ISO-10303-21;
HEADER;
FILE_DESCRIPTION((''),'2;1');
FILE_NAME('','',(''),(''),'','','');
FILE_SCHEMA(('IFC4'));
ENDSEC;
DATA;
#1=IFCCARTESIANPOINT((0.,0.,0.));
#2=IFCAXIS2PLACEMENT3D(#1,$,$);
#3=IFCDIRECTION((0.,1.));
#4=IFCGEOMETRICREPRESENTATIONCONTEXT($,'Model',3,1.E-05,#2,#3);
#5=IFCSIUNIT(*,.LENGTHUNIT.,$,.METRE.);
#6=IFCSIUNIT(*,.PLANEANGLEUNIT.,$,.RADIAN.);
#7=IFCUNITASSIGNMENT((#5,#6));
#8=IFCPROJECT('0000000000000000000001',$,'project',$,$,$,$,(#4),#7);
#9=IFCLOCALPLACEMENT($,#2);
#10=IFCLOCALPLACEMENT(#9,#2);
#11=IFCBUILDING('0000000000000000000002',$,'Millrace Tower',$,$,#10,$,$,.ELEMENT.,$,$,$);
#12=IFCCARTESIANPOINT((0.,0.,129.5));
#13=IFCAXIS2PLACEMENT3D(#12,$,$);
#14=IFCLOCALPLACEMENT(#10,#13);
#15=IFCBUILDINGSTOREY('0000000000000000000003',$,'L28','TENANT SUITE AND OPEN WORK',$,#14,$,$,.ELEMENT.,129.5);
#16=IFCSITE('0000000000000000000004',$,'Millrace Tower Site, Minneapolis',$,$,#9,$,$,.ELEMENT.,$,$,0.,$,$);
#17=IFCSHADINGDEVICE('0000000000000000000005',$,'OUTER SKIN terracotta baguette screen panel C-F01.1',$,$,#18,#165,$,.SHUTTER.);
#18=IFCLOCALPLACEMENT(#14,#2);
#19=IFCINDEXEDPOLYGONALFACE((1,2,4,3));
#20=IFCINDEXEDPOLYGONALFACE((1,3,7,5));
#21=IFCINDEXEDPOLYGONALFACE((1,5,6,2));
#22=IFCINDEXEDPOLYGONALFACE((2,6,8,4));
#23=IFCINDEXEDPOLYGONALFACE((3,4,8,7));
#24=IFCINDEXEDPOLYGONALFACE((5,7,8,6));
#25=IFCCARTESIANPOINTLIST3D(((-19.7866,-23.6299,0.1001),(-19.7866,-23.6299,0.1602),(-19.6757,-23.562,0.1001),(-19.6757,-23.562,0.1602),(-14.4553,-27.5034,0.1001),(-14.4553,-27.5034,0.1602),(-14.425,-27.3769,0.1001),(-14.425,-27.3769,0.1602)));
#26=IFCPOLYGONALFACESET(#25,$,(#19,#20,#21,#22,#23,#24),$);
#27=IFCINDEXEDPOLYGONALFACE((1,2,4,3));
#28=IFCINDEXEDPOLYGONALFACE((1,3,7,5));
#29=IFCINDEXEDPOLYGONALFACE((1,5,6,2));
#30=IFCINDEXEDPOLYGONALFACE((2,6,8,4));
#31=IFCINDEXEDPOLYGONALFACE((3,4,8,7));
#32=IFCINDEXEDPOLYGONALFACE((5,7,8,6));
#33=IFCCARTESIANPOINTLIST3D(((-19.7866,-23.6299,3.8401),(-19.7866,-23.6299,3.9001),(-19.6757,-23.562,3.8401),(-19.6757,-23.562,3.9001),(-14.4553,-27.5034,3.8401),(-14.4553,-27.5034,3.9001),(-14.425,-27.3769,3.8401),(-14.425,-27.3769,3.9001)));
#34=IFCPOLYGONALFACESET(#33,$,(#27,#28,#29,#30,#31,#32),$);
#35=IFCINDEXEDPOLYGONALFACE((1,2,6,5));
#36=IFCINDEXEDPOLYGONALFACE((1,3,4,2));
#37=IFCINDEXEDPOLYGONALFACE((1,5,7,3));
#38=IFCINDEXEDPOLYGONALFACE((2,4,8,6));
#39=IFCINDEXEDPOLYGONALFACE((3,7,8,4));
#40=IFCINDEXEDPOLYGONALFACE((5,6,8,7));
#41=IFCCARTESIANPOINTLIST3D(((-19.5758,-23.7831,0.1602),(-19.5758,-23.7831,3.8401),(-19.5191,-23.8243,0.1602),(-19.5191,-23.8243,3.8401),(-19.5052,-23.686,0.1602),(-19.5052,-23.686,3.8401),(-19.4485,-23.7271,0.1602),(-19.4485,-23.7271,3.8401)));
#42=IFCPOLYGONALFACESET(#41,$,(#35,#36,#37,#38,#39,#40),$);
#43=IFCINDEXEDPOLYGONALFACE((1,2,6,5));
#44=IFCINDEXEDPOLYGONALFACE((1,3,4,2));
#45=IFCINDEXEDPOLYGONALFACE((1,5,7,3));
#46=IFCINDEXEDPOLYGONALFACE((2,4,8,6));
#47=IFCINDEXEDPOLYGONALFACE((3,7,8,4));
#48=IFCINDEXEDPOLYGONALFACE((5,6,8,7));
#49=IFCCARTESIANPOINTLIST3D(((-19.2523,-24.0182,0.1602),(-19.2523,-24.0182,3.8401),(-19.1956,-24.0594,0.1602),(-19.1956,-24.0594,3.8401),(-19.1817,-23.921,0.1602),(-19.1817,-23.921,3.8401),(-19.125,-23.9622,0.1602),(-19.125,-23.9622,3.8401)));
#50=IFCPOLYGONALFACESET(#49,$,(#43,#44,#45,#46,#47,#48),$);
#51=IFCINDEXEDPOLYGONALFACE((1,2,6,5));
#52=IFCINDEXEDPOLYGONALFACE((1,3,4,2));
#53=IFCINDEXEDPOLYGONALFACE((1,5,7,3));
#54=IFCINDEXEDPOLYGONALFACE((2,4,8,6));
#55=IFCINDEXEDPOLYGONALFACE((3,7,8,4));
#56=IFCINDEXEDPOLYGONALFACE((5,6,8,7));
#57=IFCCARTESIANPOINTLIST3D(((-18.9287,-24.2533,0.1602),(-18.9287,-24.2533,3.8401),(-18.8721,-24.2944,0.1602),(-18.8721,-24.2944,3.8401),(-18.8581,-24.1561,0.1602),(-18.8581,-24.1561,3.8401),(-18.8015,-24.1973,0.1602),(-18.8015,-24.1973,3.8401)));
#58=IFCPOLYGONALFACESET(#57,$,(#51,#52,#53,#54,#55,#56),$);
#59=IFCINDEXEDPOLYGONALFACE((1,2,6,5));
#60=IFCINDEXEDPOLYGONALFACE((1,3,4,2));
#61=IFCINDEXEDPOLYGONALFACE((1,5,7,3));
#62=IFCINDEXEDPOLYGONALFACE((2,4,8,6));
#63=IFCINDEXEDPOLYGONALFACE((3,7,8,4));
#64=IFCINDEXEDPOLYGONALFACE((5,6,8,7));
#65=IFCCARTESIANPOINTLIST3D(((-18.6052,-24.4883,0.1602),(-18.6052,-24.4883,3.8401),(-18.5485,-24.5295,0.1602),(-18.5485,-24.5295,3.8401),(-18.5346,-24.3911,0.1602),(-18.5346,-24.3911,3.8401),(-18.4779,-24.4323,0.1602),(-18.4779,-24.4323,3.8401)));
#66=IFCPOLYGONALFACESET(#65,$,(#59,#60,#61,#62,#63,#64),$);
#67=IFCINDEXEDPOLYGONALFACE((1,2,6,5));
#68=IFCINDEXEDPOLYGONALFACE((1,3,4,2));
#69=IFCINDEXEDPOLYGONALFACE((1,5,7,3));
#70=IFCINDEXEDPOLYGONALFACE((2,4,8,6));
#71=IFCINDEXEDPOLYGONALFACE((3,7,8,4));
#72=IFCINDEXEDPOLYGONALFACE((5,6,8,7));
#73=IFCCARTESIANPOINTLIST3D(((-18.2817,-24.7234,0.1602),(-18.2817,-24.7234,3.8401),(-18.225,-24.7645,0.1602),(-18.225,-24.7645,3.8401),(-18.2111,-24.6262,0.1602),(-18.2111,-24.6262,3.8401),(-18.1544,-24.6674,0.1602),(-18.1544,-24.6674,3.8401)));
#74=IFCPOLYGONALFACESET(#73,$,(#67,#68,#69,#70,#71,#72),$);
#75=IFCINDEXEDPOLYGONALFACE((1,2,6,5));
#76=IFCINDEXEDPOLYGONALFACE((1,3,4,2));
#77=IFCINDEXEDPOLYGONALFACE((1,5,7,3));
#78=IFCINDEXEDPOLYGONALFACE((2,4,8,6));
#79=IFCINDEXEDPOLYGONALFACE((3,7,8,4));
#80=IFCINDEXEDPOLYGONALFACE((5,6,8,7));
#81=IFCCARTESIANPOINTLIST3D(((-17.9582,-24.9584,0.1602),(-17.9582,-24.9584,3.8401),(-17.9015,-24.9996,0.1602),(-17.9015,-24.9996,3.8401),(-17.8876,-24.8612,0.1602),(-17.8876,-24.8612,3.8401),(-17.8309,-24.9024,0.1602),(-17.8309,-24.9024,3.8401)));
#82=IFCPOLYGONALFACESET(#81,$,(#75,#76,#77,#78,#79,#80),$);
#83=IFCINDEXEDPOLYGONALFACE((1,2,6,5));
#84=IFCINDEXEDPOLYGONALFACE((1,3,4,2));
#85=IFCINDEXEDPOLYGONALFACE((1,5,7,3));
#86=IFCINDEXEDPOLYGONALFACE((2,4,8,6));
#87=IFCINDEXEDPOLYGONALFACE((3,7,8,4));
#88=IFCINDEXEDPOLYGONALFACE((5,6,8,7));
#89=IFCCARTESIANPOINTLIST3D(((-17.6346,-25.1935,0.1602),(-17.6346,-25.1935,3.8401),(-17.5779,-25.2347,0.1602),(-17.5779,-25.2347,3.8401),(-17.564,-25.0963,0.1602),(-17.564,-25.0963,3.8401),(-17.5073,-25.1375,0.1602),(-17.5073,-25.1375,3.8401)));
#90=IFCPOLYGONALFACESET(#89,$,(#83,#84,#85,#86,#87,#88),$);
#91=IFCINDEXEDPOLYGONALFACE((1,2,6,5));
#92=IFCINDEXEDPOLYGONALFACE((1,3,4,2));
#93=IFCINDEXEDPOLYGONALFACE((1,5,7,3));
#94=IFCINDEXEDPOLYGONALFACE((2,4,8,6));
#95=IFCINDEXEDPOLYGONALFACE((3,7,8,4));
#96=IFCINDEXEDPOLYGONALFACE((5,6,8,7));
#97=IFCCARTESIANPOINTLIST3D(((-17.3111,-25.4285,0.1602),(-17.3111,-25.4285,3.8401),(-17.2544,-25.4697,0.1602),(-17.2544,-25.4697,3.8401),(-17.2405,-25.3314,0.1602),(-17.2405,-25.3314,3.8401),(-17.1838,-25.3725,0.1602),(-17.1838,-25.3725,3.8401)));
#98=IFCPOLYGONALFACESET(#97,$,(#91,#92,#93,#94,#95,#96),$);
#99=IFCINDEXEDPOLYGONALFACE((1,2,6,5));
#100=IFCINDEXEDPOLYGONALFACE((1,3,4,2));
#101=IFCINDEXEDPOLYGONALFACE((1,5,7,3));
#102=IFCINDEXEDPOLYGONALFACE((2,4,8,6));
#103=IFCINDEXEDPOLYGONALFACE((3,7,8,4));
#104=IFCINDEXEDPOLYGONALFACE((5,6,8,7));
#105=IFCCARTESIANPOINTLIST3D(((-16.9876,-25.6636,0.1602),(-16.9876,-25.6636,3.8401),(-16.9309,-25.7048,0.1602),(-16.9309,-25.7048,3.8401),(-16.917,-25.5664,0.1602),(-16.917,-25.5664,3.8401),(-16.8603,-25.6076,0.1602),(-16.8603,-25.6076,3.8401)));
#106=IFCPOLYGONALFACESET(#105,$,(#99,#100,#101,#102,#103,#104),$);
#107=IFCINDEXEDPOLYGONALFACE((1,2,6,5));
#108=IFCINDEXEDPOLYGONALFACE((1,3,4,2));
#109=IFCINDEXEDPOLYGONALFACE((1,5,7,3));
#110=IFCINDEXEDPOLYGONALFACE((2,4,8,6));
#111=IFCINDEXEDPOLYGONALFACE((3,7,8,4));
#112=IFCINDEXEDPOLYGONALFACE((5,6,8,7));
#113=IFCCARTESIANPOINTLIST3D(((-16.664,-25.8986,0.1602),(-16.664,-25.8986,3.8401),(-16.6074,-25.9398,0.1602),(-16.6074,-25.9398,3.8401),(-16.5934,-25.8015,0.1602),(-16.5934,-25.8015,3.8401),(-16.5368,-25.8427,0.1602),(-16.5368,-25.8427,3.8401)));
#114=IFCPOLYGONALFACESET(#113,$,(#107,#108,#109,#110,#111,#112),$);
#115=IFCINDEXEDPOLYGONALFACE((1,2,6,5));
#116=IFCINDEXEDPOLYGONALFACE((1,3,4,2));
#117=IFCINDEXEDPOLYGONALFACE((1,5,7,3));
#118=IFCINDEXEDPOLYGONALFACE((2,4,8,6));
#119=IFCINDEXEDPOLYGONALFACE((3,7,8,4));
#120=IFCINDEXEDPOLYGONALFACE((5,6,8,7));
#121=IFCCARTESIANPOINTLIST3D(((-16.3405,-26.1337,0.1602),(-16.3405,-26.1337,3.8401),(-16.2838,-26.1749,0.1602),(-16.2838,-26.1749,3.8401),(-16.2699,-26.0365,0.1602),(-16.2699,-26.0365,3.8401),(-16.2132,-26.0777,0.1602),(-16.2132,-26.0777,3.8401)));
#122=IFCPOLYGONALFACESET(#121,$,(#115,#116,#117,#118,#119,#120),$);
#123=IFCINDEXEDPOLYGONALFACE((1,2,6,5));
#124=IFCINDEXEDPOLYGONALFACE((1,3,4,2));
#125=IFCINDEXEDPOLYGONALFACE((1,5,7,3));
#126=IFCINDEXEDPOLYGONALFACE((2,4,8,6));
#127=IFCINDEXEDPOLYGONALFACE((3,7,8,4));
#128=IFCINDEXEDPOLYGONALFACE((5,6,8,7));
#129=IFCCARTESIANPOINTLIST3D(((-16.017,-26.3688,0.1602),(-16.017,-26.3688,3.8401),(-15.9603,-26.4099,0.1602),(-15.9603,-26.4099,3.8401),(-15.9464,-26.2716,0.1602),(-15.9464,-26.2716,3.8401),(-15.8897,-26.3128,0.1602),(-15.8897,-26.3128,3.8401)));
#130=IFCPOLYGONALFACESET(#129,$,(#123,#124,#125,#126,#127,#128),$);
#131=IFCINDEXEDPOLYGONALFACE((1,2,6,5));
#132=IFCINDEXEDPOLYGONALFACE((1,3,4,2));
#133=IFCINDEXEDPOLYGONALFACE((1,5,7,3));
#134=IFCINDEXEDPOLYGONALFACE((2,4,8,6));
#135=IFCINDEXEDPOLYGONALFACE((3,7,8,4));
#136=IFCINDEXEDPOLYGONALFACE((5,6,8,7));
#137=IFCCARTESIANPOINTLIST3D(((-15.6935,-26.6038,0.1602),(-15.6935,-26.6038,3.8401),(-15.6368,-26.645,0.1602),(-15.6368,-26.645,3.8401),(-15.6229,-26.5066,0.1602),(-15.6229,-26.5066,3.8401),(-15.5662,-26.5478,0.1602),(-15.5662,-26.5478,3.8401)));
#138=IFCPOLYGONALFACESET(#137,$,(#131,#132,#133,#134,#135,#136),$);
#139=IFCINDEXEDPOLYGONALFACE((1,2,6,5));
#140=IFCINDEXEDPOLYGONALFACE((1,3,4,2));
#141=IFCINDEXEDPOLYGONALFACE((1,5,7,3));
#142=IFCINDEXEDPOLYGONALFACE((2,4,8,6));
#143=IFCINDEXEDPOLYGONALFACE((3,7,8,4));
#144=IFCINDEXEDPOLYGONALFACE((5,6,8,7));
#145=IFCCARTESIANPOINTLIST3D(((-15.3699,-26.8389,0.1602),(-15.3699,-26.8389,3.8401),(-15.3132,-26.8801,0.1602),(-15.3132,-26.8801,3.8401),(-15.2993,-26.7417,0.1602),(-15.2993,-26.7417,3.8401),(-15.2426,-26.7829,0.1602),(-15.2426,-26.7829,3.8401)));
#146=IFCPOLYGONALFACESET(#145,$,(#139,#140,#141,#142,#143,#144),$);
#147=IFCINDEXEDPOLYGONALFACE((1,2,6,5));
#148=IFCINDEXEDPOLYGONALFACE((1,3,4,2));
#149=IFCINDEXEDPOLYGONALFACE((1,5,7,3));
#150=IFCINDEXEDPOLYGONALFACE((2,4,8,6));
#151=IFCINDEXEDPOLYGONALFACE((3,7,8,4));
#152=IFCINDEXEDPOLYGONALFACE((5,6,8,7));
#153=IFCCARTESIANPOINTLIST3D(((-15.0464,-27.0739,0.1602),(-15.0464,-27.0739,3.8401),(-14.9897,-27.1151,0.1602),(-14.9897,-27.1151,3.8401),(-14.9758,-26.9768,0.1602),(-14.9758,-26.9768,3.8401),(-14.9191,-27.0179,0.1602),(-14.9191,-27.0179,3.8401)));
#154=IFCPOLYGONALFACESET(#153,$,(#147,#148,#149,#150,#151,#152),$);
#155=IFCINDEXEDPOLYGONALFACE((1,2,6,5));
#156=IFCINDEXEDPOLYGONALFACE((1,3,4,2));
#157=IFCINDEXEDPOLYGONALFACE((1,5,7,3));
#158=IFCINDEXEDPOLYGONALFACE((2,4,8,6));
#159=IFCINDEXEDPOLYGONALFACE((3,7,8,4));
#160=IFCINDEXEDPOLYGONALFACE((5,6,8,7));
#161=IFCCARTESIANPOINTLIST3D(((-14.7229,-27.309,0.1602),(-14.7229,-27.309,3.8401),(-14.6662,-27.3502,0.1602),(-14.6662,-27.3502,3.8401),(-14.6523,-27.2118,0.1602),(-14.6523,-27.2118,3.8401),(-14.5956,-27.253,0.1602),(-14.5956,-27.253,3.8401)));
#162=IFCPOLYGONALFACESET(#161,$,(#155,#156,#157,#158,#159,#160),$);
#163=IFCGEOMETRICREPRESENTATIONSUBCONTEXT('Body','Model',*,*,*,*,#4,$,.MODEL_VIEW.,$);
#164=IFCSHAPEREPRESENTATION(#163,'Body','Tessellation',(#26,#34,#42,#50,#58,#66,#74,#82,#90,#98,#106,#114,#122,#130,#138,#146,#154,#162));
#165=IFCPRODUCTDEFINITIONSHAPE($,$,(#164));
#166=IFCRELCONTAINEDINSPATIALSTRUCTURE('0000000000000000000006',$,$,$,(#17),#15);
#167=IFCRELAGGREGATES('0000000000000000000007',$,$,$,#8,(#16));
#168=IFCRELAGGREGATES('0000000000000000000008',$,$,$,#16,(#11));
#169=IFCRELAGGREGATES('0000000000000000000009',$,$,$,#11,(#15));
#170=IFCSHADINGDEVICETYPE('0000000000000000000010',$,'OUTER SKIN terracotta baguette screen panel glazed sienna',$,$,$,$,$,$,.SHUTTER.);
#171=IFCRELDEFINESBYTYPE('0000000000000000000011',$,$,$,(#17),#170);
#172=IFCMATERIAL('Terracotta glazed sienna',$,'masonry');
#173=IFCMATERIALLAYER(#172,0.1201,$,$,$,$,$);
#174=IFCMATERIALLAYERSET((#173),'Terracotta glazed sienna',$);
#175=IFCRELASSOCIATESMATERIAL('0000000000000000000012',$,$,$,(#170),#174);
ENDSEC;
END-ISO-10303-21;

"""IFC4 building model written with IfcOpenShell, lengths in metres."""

from ifc_helpers import new_model, entity, si_unit, direction, frame, frame_2d, origin, place, context, subcontext, project, spatial, rectangle, extrude, source, transform, mapped, material, layer, layer_set, type_object, element, save


model = new_model("IFC4")

# Units and contexts
model_context = context("Model", 3, precision=1e-05, world=origin(), true_north=direction((0.0, 1.0)))
body_context = subcontext(model_context, "Body", "Model", "MODEL_VIEW")
ifc_project = project(units=[si_unit("LENGTHUNIT", "METRE"), si_unit("PLANEANGLEUNIT", "RADIAN")], contexts=[model_context])

# Site, building, storey
site_placement = place(None, origin())
site = spatial("IfcSite", under=ifc_project, at=site_placement, Name="Millrace Tower Site, Minneapolis", CompositionType="ELEMENT", RefElevation=0.0)
building_placement = place(site_placement, origin())
building = spatial("IfcBuilding", under=site, at=building_placement, Name="Millrace Tower", CompositionType="ELEMENT")
storey_placement = place(building_placement, frame((0.0, 0.0, 129.5)))
storey = spatial("IfcBuildingStorey", under=building, at=storey_placement, Name="L28", Description="TENANT SUITE AND OPEN WORK", CompositionType="ELEMENT", Elevation=129.5)

# Shading device
ifc_material_1 = material(Name="Terracotta glazed sienna", Category="masonry")
ifc_layer_1 = layer(ifc_material_1, 0.1201)
ifc_layer_set_1 = layer_set([ifc_layer_1], Name="Terracotta glazed sienna")
shading_device_type = type_object("IfcShadingDeviceType", Name="OUTER SKIN terracotta baguette screen panel glazed sienna", PredefinedType="SHUTTER", material=ifc_layer_set_1)
cartesian_point_1 = entity("IfcCartesianPoint", [-3.2451, 0.0601])
shared_polyline_1 = entity("IfcPolyline", [cartesian_point_1, entity("IfcCartesianPoint", [3.2451, 0.0601]), entity("IfcCartesianPoint", [3.2949, -0.0601]), entity("IfcCartesianPoint", [-3.2949, -0.0601]), cartesian_point_1])
shared_shape_1 = source(origin(), body_context, "Body", "SweptSolid", [
    entity("IfcExtrudedAreaSolid", entity("IfcArbitraryClosedProfileDef", "AREA", None, shared_polyline_1), entity("IfcAxis2Placement3D", entity("IfcCartesianPoint", [0.0, 0.0, 0.0])), entity("IfcDirection", [0.0, 0.0, 1.0]), 0.0601),
    entity("IfcExtrudedAreaSolid", entity("IfcArbitraryClosedProfileDef", "AREA", None, shared_polyline_1), entity("IfcAxis2Placement3D", entity("IfcCartesianPoint", [0.0, 0.0, 3.74])), entity("IfcDirection", [0.0, 0.0, 1.0]), 0.0601),
    extrude(rectangle(XDim=0.0701, YDim=0.1201, at=frame_2d((-2.9993, 0.0))), frame((0.0, 0.0, 0.0601)), (0.0, 0.0, 1.0), 3.6799),
    extrude(rectangle(XDim=0.0701, YDim=0.1201, at=frame_2d((-2.5994, 0.0))), frame((0.0, 0.0, 0.0601)), (0.0, 0.0, 1.0), 3.6799),
    extrude(rectangle(XDim=0.0701, YDim=0.1201, at=frame_2d((-2.1995, 0.0))), frame((0.0, 0.0, 0.0601)), (0.0, 0.0, 1.0), 3.6799),
    extrude(rectangle(XDim=0.0701, YDim=0.1201, at=frame_2d((-1.7996, 0.0))), frame((0.0, 0.0, 0.0601)), (0.0, 0.0, 1.0), 3.6799),
    extrude(rectangle(XDim=0.0701, YDim=0.1201, at=frame_2d((-1.3997, 0.0))), frame((0.0, 0.0, 0.0601)), (0.0, 0.0, 1.0), 3.6799),
    extrude(rectangle(XDim=0.0701, YDim=0.1201, at=frame_2d((-0.9998, 0.0))), frame((0.0, 0.0, 0.0601)), (0.0, 0.0, 1.0), 3.6799),
    extrude(rectangle(XDim=0.0701, YDim=0.1201, at=frame_2d((-0.5999, 0.0))), frame((0.0, 0.0, 0.0601)), (0.0, 0.0, 1.0), 3.6799),
    extrude(rectangle(XDim=0.0701, YDim=0.1201, at=frame_2d((-0.2, 0.0))), frame((0.0, 0.0, 0.0601)), (0.0, 0.0, 1.0), 3.6799),
    extrude(rectangle(XDim=0.0701, YDim=0.1201, at=frame_2d((0.2, 0.0))), frame((0.0, 0.0, 0.0601)), (0.0, 0.0, 1.0), 3.6799),
    extrude(rectangle(XDim=0.0701, YDim=0.1201, at=frame_2d((0.5999, 0.0))), frame((0.0, 0.0, 0.0601)), (0.0, 0.0, 1.0), 3.6799),
    extrude(rectangle(XDim=0.0701, YDim=0.1201, at=frame_2d((0.9998, 0.0))), frame((0.0, 0.0, 0.0601)), (0.0, 0.0, 1.0), 3.6799),
    extrude(rectangle(XDim=0.0701, YDim=0.1201, at=frame_2d((1.3997, 0.0))), frame((0.0, 0.0, 0.0601)), (0.0, 0.0, 1.0), 3.6799),
    extrude(rectangle(XDim=0.0701, YDim=0.1201, at=frame_2d((1.7996, 0.0))), frame((0.0, 0.0, 0.0601)), (0.0, 0.0, 1.0), 3.6799),
    extrude(rectangle(XDim=0.0701, YDim=0.1201, at=frame_2d((2.1995, 0.0))), frame((0.0, 0.0, 0.0601)), (0.0, 0.0, 1.0), 3.6799),
    extrude(rectangle(XDim=0.0701, YDim=0.1201, at=frame_2d((2.5994, 0.0))), frame((0.0, 0.0, 0.0601)), (0.0, 0.0, 1.0), 3.6799),
    extrude(rectangle(XDim=0.0701, YDim=0.1201, at=frame_2d((2.9993, 0.0))), frame((0.0, 0.0, 0.0601)), (0.0, 0.0, 1.0), 3.6799),
])
shading_device_1_placement = place(storey_placement, frame((-17.0857, -25.5181, 0.1001), z_axis=(0.0, 0.0, 1.0), x_axis=(0.809017, -0.587785, 0.0)))
element("IfcShadingDevice", 1, at=shading_device_1_placement, inside=storey, type_object=shading_device_type, Name="OUTER SKIN terracotta baguette screen panel C-F01.1", PredefinedType="SHUTTER", context=body_context, shape_type="MappedRepresentation", body=[
    mapped(shared_shape_1, transform((0.0, 0.0, 0.0), scale=1.0)),
])

save(model, "model.ifc")
